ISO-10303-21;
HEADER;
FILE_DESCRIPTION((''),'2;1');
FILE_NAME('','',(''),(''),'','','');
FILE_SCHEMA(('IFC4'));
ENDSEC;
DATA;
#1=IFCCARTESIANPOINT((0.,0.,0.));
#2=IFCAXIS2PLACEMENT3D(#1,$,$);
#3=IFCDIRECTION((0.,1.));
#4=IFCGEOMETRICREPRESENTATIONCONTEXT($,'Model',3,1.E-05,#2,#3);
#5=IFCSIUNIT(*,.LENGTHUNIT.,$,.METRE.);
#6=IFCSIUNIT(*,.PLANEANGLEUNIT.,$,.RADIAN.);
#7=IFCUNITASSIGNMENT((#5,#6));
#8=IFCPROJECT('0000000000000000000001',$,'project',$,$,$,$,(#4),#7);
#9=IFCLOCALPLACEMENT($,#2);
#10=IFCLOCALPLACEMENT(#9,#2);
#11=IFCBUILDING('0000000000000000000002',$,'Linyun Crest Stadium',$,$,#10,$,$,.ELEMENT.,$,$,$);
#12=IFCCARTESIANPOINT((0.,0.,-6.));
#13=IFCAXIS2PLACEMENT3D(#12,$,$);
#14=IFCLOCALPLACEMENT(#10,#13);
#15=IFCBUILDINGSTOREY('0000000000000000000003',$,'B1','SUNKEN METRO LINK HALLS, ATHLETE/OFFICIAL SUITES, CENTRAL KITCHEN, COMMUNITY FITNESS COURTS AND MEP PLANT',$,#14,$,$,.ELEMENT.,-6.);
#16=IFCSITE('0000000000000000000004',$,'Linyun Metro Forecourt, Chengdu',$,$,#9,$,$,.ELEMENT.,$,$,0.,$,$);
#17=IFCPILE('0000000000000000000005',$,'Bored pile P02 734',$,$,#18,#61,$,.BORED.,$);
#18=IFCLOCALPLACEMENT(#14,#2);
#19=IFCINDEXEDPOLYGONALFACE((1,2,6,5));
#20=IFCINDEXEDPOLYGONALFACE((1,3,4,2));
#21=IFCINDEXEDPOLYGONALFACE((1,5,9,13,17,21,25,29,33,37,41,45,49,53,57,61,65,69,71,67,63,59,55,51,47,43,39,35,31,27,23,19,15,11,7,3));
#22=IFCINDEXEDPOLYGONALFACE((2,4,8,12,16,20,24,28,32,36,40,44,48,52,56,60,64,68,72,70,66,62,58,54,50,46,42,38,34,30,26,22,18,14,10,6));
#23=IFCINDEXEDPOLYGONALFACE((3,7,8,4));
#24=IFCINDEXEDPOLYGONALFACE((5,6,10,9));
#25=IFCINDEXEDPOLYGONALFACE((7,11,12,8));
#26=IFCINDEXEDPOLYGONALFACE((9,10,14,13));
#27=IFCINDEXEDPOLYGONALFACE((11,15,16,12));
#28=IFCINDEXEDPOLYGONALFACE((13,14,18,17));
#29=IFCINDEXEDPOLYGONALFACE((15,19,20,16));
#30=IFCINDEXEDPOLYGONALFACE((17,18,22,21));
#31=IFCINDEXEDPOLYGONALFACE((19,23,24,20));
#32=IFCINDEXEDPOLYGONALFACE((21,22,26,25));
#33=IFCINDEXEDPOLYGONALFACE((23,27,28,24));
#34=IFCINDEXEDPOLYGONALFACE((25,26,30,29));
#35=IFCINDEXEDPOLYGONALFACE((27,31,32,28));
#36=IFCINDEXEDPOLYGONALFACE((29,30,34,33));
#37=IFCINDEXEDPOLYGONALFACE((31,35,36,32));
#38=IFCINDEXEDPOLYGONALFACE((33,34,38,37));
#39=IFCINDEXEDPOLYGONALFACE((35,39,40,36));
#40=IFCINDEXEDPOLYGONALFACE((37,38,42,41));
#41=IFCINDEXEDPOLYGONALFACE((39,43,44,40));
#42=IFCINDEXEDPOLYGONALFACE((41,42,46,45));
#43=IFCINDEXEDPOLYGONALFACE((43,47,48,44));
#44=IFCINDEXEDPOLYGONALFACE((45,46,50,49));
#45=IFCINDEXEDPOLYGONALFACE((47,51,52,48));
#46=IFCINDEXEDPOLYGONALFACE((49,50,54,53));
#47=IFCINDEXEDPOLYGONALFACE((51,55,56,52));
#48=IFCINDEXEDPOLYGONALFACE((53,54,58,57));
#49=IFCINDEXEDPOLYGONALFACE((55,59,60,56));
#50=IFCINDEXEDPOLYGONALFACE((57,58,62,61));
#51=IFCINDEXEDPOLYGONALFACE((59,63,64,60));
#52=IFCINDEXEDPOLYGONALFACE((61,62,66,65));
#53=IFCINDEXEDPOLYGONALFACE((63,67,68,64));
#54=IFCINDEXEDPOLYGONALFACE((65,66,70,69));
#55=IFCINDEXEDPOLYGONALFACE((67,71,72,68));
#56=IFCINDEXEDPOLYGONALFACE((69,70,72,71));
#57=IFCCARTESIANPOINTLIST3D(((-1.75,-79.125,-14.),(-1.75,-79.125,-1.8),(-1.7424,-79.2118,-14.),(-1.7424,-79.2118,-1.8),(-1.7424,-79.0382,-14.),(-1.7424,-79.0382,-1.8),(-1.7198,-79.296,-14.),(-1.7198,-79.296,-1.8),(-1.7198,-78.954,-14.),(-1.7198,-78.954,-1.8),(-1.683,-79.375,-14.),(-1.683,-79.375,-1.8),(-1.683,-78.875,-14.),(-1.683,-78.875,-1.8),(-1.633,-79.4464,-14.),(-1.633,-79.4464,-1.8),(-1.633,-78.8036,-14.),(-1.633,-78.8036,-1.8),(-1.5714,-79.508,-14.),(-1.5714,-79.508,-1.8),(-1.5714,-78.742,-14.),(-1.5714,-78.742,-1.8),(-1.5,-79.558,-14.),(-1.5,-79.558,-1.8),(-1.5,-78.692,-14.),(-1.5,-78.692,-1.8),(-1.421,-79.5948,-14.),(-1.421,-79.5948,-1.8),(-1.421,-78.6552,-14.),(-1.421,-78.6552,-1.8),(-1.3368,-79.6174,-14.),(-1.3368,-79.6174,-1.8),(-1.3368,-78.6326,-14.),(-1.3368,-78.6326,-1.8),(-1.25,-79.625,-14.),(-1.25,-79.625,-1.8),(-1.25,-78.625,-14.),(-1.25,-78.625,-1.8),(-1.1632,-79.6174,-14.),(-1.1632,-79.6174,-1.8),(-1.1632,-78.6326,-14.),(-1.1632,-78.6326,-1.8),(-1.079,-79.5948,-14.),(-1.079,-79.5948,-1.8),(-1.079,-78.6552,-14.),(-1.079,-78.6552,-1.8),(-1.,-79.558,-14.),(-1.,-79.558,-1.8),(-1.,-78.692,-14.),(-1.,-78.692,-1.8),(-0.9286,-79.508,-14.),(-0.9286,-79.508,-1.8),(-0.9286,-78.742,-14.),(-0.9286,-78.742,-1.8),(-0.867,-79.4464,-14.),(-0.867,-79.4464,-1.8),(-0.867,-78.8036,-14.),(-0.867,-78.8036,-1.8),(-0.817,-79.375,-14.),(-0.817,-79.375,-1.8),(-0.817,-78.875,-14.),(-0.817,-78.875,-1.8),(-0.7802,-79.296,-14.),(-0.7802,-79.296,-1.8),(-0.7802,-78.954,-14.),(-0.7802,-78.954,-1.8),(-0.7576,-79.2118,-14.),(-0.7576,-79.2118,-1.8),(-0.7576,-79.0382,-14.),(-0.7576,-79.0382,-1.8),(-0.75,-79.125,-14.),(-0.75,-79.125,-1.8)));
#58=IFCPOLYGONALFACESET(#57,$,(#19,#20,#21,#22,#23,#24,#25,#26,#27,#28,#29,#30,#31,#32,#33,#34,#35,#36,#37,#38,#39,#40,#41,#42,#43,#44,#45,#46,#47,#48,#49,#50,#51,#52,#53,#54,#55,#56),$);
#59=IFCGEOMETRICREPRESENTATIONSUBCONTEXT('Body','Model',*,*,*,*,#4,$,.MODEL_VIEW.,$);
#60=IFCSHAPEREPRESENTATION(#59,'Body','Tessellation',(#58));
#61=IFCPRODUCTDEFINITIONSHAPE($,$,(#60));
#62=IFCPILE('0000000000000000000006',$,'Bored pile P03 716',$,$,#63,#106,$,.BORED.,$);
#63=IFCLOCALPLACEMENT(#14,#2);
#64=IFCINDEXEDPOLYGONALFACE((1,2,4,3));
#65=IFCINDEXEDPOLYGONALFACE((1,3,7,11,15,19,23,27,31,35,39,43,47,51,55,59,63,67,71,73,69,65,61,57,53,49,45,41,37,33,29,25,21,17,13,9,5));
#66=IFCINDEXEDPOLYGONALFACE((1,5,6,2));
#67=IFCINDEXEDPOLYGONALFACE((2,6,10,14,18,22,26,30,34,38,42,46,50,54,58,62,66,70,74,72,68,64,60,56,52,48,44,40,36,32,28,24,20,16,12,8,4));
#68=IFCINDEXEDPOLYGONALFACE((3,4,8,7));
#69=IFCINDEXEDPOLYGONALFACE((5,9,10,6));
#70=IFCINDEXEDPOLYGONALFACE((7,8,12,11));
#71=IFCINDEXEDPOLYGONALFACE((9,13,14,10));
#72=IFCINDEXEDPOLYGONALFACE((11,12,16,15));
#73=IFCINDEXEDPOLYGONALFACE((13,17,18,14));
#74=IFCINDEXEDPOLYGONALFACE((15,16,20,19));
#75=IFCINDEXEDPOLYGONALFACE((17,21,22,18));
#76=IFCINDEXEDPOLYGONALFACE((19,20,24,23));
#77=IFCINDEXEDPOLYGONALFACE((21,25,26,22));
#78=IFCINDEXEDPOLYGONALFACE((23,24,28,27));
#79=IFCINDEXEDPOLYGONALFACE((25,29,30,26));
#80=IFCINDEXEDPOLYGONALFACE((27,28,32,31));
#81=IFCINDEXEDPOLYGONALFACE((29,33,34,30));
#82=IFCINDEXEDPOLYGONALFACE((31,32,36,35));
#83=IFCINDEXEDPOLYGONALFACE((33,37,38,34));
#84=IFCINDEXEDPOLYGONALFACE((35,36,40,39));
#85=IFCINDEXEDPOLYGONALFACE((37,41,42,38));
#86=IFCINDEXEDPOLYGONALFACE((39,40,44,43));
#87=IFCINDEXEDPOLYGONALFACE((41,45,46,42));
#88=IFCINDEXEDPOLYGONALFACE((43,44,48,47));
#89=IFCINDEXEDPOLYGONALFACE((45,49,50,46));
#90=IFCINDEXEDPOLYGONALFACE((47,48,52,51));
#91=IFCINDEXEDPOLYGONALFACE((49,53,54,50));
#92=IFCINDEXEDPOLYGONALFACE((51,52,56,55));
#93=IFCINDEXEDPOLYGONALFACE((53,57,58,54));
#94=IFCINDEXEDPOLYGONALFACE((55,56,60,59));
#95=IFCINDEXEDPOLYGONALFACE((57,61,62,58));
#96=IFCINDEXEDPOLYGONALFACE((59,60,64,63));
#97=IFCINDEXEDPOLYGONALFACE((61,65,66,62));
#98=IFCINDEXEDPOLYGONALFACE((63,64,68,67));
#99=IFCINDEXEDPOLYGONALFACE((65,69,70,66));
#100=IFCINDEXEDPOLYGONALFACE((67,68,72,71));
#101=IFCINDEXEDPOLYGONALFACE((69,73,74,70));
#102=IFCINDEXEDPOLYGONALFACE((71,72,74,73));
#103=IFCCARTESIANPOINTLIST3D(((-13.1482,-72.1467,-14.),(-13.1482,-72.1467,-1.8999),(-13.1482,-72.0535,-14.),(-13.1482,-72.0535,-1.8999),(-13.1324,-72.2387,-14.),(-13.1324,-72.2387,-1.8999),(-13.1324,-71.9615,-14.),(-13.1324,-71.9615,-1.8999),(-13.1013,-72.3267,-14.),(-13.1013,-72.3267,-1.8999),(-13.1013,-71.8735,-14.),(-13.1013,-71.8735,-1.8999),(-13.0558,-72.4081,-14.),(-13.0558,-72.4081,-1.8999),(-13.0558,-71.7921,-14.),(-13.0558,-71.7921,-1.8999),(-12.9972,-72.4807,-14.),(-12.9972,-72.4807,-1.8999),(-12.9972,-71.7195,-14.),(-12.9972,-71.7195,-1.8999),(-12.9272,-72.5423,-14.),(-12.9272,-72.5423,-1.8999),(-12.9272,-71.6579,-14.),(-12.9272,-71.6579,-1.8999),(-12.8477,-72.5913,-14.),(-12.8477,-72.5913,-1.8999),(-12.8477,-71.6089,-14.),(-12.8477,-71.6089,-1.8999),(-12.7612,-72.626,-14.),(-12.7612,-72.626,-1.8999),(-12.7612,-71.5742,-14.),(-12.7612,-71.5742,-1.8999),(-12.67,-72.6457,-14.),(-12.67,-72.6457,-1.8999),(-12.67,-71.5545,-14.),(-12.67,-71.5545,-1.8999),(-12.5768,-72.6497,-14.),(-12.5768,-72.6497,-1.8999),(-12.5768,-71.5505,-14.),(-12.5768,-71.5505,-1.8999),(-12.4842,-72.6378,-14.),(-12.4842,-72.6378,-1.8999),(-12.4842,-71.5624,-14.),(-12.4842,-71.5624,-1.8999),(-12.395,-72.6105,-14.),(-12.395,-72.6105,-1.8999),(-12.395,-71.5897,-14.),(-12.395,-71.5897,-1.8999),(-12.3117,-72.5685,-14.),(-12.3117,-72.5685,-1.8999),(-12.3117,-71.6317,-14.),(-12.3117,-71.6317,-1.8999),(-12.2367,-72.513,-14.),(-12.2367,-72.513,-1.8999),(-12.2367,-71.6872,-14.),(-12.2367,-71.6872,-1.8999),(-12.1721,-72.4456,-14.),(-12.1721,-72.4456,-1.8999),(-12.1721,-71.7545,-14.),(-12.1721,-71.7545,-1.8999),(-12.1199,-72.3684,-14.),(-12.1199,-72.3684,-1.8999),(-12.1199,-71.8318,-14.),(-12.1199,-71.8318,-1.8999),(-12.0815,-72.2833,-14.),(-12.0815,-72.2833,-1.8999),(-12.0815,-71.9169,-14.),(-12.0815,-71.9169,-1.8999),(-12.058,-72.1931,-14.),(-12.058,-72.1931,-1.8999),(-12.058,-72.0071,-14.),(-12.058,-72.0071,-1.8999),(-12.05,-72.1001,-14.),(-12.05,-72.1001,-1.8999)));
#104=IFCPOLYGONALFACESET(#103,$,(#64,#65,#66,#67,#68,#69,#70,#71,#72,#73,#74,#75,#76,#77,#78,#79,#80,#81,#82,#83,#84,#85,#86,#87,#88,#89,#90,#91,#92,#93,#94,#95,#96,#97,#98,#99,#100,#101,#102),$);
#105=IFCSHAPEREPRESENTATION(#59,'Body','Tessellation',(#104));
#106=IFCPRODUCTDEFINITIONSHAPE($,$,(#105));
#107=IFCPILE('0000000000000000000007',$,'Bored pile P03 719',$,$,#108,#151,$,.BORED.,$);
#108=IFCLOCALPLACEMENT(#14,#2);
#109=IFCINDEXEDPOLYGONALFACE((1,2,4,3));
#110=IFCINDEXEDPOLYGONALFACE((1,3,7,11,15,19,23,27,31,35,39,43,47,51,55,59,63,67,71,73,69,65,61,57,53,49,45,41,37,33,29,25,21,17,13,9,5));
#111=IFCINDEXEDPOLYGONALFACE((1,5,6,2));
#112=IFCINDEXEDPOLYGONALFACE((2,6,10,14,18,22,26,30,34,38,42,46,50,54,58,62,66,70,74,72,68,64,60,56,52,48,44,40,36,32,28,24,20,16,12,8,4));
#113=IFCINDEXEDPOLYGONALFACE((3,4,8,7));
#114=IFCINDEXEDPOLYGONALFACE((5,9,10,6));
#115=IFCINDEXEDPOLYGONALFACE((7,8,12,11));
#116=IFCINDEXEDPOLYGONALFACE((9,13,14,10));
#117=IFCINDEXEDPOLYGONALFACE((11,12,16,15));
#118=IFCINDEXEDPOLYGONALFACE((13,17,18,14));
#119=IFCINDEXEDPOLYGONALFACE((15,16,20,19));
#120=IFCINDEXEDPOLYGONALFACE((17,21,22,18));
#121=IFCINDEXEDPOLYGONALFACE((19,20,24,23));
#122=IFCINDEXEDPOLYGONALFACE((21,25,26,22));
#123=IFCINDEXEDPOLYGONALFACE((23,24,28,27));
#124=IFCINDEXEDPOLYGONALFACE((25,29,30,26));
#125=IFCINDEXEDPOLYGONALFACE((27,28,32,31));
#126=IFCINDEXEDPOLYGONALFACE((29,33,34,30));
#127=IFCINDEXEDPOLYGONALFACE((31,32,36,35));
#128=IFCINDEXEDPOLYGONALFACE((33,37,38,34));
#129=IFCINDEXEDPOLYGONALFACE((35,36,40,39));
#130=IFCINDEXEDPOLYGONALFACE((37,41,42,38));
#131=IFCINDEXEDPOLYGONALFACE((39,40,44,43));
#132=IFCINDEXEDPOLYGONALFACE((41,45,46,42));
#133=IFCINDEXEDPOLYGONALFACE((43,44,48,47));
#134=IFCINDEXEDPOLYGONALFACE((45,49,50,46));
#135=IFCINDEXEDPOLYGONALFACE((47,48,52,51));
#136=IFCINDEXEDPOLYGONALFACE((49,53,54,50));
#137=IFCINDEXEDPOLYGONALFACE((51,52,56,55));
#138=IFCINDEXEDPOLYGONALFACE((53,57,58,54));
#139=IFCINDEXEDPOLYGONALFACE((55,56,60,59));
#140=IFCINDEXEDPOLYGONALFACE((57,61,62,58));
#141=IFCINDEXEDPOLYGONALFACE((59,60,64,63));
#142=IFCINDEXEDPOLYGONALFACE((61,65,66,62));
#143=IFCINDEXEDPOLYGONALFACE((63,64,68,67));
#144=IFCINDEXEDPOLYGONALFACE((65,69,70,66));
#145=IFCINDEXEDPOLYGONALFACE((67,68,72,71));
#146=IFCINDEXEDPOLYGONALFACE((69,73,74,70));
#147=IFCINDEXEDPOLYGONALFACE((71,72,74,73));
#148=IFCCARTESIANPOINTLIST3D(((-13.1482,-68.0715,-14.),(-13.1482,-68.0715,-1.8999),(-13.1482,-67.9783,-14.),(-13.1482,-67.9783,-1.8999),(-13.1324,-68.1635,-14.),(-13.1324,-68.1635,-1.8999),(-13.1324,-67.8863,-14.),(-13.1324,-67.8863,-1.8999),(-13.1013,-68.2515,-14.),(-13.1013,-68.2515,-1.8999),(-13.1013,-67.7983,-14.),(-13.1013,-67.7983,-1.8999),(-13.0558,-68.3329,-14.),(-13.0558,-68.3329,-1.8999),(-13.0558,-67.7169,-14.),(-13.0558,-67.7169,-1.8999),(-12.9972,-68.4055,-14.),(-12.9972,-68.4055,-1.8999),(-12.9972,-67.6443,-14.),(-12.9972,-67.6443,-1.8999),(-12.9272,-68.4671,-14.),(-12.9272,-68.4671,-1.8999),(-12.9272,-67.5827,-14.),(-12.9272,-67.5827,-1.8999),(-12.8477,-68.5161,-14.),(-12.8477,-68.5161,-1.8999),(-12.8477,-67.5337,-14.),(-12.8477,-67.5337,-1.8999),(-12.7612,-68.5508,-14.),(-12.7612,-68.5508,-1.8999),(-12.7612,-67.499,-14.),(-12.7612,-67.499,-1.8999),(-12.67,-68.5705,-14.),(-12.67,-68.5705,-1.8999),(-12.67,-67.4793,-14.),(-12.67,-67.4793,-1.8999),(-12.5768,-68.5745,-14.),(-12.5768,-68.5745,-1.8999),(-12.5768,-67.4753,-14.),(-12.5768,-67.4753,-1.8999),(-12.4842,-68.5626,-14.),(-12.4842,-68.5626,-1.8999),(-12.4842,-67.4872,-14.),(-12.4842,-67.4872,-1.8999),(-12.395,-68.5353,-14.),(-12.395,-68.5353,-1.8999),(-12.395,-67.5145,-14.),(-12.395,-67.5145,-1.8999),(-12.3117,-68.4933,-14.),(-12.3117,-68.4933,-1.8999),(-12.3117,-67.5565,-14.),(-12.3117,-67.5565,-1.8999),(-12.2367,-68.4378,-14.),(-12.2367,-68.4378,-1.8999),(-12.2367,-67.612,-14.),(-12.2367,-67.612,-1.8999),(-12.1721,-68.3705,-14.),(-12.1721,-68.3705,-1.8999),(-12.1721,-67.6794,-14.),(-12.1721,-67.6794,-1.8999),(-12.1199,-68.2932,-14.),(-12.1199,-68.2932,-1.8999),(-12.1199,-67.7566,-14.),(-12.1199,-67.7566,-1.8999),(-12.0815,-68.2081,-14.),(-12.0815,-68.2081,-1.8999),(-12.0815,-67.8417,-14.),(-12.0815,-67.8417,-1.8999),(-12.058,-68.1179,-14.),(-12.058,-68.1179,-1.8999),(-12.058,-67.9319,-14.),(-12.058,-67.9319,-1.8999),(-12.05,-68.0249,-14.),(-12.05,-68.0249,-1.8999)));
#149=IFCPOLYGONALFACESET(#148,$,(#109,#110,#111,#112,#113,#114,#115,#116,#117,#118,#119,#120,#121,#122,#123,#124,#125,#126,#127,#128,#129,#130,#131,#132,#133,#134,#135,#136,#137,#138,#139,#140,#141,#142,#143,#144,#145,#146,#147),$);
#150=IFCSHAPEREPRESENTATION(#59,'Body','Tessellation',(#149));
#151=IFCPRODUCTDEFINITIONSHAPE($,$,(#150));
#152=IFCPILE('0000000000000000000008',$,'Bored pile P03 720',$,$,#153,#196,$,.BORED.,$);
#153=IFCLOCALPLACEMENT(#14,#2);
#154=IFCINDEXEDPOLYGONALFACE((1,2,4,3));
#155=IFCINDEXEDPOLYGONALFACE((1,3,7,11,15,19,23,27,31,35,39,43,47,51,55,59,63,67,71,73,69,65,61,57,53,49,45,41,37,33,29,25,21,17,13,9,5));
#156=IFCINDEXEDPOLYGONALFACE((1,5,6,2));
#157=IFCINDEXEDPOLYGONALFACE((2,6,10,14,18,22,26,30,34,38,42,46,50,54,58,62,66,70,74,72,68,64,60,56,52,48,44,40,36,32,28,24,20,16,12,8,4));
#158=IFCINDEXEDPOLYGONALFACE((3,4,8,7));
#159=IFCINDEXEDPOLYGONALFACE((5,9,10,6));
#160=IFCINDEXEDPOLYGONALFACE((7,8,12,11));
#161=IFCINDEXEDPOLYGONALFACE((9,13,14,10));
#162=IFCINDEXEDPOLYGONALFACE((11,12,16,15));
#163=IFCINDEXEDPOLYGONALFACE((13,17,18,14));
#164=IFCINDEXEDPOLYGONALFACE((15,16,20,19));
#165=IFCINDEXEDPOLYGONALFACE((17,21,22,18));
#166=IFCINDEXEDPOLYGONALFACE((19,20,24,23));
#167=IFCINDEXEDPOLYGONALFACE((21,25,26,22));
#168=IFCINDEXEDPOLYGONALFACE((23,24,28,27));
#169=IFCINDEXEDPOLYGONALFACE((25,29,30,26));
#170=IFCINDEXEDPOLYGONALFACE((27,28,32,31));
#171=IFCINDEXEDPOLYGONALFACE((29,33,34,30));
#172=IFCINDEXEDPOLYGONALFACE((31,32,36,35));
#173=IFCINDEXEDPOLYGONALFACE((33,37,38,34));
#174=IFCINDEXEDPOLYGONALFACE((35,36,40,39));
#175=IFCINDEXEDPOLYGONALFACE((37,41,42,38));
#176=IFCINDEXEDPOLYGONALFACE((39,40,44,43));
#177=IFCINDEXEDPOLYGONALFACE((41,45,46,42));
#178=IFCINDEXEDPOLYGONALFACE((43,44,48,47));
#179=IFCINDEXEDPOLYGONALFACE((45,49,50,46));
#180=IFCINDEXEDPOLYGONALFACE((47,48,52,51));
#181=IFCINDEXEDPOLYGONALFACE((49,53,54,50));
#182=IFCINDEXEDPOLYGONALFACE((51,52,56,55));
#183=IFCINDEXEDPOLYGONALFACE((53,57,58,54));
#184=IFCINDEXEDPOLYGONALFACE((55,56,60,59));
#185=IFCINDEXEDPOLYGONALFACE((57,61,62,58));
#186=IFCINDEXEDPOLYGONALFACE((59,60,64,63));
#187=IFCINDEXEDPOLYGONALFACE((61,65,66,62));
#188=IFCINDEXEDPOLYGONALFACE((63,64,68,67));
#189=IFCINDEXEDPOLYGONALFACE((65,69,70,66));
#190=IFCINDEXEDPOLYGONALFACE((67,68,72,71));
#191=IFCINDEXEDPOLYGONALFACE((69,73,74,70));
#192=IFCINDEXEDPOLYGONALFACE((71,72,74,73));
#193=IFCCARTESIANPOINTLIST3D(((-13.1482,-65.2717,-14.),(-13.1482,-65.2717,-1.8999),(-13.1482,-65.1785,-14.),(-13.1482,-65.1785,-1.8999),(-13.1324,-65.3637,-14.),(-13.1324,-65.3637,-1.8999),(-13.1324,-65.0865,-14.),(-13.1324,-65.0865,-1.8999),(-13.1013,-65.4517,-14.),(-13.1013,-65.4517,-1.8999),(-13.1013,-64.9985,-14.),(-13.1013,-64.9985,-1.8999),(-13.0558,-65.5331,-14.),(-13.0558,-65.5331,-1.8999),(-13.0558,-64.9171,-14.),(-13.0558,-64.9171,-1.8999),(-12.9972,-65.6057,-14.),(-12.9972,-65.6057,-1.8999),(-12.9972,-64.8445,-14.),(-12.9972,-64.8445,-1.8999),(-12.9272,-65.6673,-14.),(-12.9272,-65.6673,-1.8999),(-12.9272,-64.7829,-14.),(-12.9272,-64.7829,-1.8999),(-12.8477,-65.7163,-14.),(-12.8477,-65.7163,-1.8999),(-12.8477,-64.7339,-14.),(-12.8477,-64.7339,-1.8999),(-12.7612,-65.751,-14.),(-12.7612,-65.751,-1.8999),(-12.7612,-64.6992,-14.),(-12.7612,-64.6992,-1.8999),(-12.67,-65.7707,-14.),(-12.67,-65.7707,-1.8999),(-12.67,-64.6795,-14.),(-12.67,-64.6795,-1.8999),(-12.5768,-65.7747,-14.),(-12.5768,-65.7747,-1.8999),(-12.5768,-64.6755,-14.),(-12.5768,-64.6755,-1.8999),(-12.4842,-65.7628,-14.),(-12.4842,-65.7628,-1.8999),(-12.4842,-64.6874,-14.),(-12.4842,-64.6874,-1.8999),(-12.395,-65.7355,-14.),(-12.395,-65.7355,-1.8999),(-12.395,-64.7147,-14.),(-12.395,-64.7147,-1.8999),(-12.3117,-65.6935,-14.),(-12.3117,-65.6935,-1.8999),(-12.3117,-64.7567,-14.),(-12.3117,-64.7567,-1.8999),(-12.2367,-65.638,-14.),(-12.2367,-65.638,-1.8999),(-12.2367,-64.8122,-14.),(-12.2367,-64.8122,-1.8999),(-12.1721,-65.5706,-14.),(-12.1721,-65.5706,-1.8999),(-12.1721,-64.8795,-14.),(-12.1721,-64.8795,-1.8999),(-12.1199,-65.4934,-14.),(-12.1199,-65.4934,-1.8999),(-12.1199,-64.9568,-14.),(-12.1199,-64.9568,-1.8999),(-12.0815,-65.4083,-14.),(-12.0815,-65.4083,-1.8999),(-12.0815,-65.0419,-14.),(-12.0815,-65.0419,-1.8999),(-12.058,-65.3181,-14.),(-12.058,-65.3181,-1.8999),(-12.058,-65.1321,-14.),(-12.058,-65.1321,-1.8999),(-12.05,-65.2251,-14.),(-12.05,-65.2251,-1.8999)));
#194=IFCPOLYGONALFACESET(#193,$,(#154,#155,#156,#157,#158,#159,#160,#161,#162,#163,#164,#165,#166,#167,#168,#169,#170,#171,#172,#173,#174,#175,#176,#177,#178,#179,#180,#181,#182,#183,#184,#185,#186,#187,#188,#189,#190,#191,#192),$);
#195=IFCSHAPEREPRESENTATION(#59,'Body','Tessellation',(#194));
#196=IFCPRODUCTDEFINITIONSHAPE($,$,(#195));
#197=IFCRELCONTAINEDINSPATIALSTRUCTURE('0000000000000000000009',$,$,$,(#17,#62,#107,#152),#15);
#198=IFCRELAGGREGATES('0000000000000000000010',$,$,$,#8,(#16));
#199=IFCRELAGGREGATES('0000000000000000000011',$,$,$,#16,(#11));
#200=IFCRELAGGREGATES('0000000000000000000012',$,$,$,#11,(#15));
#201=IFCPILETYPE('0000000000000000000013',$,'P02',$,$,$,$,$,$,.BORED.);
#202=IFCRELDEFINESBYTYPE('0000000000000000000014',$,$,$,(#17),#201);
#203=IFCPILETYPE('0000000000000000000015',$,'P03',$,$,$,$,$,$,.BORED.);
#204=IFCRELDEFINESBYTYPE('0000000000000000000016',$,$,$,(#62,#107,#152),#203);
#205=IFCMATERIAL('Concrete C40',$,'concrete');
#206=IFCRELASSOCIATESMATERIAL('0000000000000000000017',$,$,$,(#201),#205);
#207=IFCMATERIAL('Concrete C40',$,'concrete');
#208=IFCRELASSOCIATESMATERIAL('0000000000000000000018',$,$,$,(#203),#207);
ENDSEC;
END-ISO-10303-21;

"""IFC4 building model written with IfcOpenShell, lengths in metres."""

from ifc_helpers import new_model, si_unit, direction, frame, origin, origin_2d, place, context, subcontext, project, spatial, circle, extrude, material, material_profile, profile_set, type_object, element, save


model = new_model("IFC4")

# Units and contexts
model_context = context("Model", 3, precision=1e-05, world=origin(), true_north=direction((0.0, 1.0)))
body_context = subcontext(model_context, "Body", "Model", "MODEL_VIEW")
ifc_project = project(units=[si_unit("LENGTHUNIT", "METRE"), si_unit("PLANEANGLEUNIT", "RADIAN")], contexts=[model_context])

# Site, building, storey
site_placement = place(None, origin())
site = spatial("IfcSite", under=ifc_project, at=site_placement, Name="Linyun Metro Forecourt, Chengdu", CompositionType="ELEMENT", RefElevation=0.0)
building_placement = place(site_placement, origin())
building = spatial("IfcBuilding", under=site, at=building_placement, Name="Linyun Crest Stadium", CompositionType="ELEMENT")
storey_placement = place(building_placement, frame((0.0, 0.0, -6.0)))
storey = spatial("IfcBuildingStorey", under=building, at=storey_placement, Name="B1", Description="SUNKEN METRO LINK HALLS, ATHLETE/OFFICIAL SUITES, CENTRAL KITCHEN, COMMUNITY FITNESS COURTS AND MEP PLANT", CompositionType="ELEMENT", Elevation=-6.0)

# Piles
ifc_material_1 = material(Name="Concrete C40", Category="concrete")
ifc_material_profile_1 = material_profile(ifc_material_1, circle(Radius=0.5, at=origin_2d()), Name="BORED PILE 1000")
ifc_profile_set_1 = profile_set([ifc_material_profile_1], Name="Concrete C40")
pile_type_1 = type_object("IfcPileType", Name="P02", PredefinedType="BORED", material=ifc_profile_set_1)
pile_placement = place(storey_placement, frame((-1.25, -79.125, -1.8), z_axis=(0.0, 0.0, -1.0), x_axis=(1.0, 0.0, 0.0)))
element("IfcPile", 1, at=pile_placement, inside=storey, type_object=pile_type_1, Name="Bored pile P02 734", PredefinedType="BORED", context=body_context, shape_type="SweptSolid", body=[
    extrude(circle(Radius=0.5, at=origin_2d()), origin(), (0.0, 0.0, 1.0), 12.2),
])
ifc_material_2 = material(Name="Concrete C40", Category="concrete")
ifc_material_profile_2 = material_profile(ifc_material_2, circle(Radius=0.55, at=origin_2d()), Name="BORED PILE 1100")
ifc_profile_set_2 = profile_set([ifc_material_profile_2], Name="Concrete C40")
pile_type_2 = type_object("IfcPileType", Name="P03", PredefinedType="BORED", material=ifc_profile_set_2)
for number, where, z_axis, x_axis, name in (
    (2, (-12.6001, -72.1001, -1.8999), (0.0, 0.0, -1.0), (1.0, 0.0, 0.0), "Bored pile P03 716"),
    (3, (-12.6001, -68.0249, -1.8999), (0.0, 0.0, -1.0), (1.0, 0.0, 0.0), "Bored pile P03 719"),
    (4, (-12.6001, -65.2251, -1.8999), (0.0, 0.0, -1.0), (1.0, 0.0, 0.0), "Bored pile P03 720"),
):
    element("IfcPile", number, at=place(storey_placement, frame(where, z_axis=z_axis, x_axis=x_axis)), inside=storey, type_object=pile_type_2, Name=name, PredefinedType="BORED", context=body_context, shape_type="SweptSolid", body=[
        extrude(circle(Radius=0.55, at=origin_2d()), origin(), (0.0, 0.0, 1.0), 12.1001),
    ])

save(model, "model.ifc")
